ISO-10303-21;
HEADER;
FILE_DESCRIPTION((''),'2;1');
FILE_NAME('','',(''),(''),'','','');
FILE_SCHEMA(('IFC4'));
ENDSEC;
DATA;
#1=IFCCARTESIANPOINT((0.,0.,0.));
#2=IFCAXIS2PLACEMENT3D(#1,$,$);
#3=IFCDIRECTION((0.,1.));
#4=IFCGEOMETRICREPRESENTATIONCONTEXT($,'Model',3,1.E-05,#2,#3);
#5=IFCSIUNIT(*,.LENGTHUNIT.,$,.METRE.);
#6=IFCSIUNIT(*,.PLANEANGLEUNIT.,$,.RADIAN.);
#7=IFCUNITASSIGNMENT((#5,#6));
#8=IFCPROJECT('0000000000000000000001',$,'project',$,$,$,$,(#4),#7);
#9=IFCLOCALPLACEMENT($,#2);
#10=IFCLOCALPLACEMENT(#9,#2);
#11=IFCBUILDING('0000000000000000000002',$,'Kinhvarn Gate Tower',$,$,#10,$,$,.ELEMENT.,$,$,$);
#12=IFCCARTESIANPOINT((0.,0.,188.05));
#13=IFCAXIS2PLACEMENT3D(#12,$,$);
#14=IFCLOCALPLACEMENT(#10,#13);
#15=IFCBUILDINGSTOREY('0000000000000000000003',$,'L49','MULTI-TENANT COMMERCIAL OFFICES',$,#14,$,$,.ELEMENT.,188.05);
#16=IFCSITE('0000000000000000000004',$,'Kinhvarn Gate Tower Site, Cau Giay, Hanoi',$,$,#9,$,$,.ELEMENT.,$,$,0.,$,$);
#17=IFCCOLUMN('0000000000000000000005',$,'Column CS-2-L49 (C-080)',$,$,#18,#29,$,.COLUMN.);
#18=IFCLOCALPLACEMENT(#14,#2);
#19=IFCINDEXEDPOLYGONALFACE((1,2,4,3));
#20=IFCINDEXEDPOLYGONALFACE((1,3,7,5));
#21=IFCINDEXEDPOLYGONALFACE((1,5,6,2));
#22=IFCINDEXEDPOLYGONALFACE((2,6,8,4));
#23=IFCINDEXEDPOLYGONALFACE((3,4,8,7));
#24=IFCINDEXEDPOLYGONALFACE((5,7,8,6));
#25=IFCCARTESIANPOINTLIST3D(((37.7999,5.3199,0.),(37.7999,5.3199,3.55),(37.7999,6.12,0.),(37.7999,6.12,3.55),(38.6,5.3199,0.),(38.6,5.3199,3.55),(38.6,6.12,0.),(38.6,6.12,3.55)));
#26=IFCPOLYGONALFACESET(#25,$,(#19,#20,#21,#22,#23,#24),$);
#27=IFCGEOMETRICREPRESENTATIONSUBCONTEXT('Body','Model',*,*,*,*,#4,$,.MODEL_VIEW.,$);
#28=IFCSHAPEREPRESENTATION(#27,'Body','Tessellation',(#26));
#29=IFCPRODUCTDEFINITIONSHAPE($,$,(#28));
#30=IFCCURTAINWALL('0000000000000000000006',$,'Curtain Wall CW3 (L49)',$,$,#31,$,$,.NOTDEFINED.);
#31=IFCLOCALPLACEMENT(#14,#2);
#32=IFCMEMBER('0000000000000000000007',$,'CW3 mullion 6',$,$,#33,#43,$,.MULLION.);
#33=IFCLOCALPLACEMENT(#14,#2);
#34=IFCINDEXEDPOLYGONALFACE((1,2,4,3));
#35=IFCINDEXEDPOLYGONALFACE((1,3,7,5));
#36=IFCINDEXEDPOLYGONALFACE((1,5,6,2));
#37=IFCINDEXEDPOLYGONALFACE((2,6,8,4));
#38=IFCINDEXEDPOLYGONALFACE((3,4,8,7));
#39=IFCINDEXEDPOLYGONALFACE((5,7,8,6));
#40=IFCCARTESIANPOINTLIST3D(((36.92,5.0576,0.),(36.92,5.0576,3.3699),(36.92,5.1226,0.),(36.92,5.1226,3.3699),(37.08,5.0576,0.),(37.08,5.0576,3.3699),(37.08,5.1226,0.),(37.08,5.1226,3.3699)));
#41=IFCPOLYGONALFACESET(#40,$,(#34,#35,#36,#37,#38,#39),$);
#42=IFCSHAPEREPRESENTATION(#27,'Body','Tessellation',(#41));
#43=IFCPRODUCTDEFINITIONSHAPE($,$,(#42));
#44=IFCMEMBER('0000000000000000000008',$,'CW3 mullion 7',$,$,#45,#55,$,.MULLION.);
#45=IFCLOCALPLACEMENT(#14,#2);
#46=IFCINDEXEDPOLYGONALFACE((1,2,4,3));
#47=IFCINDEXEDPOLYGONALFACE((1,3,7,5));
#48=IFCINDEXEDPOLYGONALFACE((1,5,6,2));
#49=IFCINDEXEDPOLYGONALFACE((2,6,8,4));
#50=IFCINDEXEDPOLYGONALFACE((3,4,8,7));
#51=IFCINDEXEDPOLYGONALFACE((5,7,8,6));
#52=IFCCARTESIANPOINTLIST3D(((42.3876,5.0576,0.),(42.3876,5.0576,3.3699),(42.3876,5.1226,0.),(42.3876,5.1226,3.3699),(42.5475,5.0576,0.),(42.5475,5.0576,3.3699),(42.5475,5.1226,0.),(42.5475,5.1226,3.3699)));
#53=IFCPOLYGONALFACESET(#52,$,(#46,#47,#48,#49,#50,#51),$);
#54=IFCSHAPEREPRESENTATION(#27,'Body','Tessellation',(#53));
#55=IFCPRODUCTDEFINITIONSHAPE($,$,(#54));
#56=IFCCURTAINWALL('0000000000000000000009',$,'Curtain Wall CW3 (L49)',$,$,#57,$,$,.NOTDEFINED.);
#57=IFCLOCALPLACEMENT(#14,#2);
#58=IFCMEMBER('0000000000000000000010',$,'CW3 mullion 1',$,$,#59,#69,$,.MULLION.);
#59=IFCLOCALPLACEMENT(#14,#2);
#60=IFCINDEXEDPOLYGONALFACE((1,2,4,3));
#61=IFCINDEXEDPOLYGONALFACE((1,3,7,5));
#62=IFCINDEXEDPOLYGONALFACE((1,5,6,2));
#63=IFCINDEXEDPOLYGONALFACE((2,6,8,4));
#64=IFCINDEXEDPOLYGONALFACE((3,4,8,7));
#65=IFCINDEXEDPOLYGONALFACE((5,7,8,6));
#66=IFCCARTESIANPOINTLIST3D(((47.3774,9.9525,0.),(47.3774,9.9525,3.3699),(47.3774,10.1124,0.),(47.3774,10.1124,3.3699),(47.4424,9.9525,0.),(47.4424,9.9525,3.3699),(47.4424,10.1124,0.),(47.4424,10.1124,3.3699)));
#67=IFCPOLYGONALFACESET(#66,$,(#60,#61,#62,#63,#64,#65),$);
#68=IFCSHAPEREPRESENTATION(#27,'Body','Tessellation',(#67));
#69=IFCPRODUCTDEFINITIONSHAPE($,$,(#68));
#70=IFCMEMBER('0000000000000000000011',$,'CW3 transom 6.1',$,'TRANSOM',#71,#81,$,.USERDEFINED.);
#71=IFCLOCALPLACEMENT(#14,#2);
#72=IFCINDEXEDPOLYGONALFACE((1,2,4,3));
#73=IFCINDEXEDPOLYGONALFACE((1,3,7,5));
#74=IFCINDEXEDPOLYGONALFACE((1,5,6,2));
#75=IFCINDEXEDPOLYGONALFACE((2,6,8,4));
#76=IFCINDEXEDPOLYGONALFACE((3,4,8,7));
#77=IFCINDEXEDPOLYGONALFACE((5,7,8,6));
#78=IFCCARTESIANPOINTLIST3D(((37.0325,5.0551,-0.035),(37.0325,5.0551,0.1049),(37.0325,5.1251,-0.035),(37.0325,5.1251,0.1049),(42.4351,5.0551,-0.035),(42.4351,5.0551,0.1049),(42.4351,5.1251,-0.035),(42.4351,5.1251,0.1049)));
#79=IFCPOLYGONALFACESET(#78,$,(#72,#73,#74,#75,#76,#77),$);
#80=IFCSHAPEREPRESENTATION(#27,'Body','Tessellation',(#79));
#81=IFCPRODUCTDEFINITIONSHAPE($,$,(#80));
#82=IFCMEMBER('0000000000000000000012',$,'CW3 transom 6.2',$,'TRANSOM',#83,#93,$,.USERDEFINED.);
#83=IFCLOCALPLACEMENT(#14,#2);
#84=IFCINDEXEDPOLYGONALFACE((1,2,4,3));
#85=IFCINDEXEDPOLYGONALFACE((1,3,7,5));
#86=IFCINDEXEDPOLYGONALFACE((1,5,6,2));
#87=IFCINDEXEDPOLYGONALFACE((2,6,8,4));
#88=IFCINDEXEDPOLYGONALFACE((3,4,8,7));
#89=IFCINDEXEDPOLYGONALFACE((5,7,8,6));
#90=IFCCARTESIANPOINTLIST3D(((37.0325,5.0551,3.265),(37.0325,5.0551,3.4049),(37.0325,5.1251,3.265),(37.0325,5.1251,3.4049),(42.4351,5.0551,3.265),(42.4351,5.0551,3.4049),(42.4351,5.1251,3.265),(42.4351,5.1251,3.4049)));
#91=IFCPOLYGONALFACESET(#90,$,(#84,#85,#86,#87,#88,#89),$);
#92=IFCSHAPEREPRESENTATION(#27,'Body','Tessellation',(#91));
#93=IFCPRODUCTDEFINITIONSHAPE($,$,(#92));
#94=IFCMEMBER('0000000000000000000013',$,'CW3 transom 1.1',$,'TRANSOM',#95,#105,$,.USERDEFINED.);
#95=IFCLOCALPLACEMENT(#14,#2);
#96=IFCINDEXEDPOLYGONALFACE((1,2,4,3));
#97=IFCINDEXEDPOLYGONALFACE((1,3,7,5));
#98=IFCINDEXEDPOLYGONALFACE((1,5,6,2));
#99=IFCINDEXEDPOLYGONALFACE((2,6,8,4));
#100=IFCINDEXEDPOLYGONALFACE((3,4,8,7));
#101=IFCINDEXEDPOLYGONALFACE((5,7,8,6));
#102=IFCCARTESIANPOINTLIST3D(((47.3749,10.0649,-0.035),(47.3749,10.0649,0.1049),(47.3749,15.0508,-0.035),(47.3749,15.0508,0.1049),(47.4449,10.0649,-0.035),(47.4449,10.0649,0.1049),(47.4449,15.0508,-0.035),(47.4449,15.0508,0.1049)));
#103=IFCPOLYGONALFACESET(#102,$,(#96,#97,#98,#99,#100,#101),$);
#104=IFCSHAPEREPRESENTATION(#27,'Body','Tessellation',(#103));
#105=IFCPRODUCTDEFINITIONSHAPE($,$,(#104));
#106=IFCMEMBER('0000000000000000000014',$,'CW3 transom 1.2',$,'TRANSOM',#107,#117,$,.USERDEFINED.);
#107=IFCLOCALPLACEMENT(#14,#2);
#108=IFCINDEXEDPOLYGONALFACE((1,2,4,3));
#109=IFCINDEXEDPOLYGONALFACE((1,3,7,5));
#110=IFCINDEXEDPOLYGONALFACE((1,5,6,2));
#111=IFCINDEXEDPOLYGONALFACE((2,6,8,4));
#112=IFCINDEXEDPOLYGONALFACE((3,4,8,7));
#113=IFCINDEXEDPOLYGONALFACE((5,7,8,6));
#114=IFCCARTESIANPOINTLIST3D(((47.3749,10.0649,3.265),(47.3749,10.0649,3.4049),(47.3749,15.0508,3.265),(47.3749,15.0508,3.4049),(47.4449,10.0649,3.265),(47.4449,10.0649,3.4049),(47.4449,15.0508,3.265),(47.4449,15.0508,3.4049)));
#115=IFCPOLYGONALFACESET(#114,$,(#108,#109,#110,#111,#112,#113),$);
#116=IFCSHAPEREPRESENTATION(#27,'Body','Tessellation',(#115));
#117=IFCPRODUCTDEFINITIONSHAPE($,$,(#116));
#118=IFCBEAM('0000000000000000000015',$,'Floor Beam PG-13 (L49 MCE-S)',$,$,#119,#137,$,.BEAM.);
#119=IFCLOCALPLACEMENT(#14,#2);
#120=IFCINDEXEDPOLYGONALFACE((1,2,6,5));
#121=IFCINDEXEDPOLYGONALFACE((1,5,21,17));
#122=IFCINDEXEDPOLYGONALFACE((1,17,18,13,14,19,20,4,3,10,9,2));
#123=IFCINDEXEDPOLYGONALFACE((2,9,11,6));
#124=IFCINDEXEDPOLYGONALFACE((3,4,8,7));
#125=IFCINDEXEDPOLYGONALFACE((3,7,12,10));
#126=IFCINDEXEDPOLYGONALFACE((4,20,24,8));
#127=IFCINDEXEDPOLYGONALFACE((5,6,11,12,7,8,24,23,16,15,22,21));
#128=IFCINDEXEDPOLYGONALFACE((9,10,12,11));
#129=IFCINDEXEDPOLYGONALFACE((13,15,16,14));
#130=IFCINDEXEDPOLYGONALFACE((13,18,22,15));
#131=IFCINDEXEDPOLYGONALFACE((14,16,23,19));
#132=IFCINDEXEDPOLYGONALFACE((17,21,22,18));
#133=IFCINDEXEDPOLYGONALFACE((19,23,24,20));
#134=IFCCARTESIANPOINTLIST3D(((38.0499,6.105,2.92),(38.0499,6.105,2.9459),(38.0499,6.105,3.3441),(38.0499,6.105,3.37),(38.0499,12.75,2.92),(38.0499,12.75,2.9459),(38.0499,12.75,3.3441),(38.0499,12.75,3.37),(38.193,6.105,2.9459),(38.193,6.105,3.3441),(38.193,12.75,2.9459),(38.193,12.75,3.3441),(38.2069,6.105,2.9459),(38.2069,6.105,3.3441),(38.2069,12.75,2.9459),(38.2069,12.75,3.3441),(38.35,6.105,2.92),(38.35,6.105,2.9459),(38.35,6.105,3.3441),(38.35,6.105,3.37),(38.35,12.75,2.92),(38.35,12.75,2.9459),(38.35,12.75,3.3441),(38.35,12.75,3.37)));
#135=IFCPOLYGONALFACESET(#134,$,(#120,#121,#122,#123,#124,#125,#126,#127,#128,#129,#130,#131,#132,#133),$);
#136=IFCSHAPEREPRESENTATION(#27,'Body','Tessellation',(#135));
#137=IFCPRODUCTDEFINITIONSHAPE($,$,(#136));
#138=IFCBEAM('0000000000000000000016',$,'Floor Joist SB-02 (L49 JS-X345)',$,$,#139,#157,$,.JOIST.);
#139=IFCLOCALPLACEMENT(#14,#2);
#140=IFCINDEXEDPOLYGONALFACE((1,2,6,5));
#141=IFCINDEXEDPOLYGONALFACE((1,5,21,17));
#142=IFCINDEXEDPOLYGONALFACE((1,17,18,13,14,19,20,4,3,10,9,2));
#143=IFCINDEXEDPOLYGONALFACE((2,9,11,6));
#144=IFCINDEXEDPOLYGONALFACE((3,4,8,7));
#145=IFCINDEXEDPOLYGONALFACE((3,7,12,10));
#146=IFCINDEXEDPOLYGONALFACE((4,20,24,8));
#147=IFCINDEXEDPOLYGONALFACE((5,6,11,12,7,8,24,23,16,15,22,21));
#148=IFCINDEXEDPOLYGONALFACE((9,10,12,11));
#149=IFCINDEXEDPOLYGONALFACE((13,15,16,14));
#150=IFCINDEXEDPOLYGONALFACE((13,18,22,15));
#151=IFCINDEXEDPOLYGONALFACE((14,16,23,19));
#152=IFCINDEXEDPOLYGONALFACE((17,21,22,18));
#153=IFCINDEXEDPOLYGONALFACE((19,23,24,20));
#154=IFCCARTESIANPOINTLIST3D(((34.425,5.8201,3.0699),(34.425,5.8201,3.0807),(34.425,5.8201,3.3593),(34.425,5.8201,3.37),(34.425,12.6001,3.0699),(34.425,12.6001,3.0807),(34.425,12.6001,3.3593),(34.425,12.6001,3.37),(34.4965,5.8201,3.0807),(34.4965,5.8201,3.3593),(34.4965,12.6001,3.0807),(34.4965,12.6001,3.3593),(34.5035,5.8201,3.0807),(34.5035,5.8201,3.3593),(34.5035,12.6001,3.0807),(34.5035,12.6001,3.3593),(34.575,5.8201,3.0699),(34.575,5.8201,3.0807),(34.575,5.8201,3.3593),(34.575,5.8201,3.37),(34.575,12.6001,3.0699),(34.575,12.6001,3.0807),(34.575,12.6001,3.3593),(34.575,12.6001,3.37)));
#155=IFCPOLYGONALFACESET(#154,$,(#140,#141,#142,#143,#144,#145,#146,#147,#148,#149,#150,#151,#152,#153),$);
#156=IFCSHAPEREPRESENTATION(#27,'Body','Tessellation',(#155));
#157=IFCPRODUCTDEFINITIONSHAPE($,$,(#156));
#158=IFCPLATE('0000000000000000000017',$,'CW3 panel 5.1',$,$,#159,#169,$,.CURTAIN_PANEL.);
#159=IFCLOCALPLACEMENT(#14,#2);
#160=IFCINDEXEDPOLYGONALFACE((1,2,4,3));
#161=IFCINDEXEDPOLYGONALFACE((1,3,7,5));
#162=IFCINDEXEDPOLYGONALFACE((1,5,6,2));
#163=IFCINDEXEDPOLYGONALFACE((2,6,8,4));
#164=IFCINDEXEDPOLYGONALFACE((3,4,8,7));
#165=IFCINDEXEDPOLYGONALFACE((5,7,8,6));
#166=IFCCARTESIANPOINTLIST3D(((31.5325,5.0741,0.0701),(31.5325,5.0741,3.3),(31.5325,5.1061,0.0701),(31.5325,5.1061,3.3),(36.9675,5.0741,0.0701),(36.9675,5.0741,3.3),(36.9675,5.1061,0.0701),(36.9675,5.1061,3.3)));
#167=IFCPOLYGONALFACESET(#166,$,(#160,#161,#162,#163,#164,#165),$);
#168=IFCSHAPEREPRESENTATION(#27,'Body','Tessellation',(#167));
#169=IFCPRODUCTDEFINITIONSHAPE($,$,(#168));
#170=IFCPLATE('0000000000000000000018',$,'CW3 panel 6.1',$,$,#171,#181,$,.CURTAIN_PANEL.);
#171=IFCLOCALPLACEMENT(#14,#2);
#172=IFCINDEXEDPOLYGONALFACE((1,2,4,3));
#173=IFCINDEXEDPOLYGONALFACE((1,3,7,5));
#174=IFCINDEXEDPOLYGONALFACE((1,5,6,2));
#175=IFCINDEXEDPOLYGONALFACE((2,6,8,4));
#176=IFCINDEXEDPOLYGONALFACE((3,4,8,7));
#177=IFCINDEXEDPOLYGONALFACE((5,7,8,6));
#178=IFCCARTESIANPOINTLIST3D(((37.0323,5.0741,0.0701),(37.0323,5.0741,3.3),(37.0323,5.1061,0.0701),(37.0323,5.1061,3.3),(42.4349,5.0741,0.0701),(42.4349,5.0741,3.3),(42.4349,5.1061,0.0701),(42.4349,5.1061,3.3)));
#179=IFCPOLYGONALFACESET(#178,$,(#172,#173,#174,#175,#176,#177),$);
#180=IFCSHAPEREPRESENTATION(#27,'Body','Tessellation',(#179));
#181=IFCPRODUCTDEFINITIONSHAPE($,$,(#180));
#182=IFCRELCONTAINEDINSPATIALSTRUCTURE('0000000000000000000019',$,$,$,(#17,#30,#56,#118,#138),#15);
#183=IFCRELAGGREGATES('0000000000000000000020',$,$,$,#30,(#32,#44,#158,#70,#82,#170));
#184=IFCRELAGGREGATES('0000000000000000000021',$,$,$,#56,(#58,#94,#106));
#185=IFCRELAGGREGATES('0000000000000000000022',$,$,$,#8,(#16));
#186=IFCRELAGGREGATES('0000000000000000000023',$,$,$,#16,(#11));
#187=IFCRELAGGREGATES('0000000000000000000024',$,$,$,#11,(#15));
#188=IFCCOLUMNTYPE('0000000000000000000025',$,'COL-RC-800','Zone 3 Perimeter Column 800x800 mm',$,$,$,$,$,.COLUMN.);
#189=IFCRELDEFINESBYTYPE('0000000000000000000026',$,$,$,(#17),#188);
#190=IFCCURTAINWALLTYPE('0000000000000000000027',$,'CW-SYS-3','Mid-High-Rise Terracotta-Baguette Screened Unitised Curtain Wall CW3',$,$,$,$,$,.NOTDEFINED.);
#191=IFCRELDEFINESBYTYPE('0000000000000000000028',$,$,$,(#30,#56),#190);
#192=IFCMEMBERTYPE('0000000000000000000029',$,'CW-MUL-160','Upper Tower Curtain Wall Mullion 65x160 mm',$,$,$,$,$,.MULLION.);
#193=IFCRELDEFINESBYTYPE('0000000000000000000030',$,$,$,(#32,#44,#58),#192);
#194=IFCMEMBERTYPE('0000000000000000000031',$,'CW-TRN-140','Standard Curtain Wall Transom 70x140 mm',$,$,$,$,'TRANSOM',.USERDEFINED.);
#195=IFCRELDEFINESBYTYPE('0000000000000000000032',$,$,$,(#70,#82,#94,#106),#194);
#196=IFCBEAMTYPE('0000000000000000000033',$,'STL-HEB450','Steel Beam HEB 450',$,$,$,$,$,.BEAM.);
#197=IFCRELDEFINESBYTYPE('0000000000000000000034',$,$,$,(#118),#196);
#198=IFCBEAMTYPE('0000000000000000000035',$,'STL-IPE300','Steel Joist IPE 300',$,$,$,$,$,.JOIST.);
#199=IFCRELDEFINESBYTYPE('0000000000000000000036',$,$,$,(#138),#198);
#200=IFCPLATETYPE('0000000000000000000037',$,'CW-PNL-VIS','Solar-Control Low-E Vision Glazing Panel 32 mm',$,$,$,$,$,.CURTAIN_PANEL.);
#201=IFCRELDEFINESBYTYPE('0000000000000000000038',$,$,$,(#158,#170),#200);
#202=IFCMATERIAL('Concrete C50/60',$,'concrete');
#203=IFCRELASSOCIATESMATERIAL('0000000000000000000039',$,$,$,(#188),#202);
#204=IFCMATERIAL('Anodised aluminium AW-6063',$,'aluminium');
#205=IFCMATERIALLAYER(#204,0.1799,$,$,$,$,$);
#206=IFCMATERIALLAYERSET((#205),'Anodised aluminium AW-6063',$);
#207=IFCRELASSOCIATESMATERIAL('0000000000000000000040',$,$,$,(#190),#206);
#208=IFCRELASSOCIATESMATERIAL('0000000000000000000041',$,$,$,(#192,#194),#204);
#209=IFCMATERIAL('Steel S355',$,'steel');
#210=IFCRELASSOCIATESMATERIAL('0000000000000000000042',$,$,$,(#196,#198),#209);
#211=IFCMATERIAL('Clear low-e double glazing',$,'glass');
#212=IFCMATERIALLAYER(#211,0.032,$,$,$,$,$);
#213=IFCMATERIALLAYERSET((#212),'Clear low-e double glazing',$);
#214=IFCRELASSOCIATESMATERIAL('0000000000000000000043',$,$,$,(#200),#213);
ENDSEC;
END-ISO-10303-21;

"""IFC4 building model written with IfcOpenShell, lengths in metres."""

from ifc_helpers import new_model, si_unit, direction, frame, origin, origin_2d, place, context, subcontext, project, spatial, rectangle, i_section, extrude, material, layer, layer_set, material_profile, profile_set, type_object, element, aggregate, save


model = new_model("IFC4")

# Units and contexts
model_context = context("Model", 3, precision=1e-05, world=origin(), true_north=direction((0.0, 1.0)))
body_context = subcontext(model_context, "Body", "Model", "MODEL_VIEW")
ifc_project = project(units=[si_unit("LENGTHUNIT", "METRE"), si_unit("PLANEANGLEUNIT", "RADIAN")], contexts=[model_context])

# Site, building, storey
site_placement = place(None, origin())
site = spatial("IfcSite", under=ifc_project, at=site_placement, Name="Kinhvarn Gate Tower Site, Cau Giay, Hanoi", CompositionType="ELEMENT", RefElevation=0.0)
building_placement = place(site_placement, origin())
building = spatial("IfcBuilding", under=site, at=building_placement, Name="Kinhvarn Gate Tower", CompositionType="ELEMENT")
storey_placement = place(building_placement, frame((0.0, 0.0, 188.05)))
storey = spatial("IfcBuildingStorey", under=building, at=storey_placement, Name="L49", Description="MULTI-TENANT COMMERCIAL OFFICES", CompositionType="ELEMENT", Elevation=188.05)

# Column
ifc_material_1 = material(Name="Concrete C50/60", Category="concrete")
ifc_material_profile_1 = material_profile(ifc_material_1, rectangle(XDim=0.8, YDim=0.8, at=origin_2d()), Name="RC 800x800")
ifc_profile_set_1 = profile_set([ifc_material_profile_1], Name="Concrete C50/60")
column_type = type_object("IfcColumnType", Name="COL-RC-800", Description="Zone 3 Perimeter Column 800x800 mm", PredefinedType="COLUMN", material=ifc_profile_set_1)
column_placement = place(storey_placement, frame((38.2, 5.72, 0.0), z_axis=(0.0, 0.0, 1.0), x_axis=(1.0, 0.0, 0.0)))
element("IfcColumn", 1, at=column_placement, inside=storey, type_object=column_type, Name="Column CS-2-L49 (C-080)", PredefinedType="COLUMN", context=body_context, shape_type="SweptSolid", body=[
    extrude(rectangle(XDim=0.8, YDim=0.8, at=origin_2d()), origin(), (0.0, 0.0, 1.0), 3.55),
])

# Curtain wall, members
ifc_material_2 = material(Name="Anodised aluminium AW-6063", Category="aluminium")
ifc_layer_1 = layer(ifc_material_2, 0.1799)
ifc_layer_set_1 = layer_set([ifc_layer_1], Name="Anodised aluminium AW-6063")
curtain_wall_type = type_object("IfcCurtainWallType", Name="CW-SYS-3", Description="Mid-High-Rise Terracotta-Baguette Screened Unitised Curtain Wall CW3", PredefinedType="NOTDEFINED", material=ifc_layer_set_1)
curtain_wall_1_placement = place(storey_placement, origin())
curtain_wall_1 = element("IfcCurtainWall", 2, at=curtain_wall_1_placement, inside=storey, type_object=curtain_wall_type, Name="Curtain Wall CW3 (L49)", PredefinedType="NOTDEFINED")
ifc_material_profile_2 = material_profile(ifc_material_2, rectangle(XDim=0.0649, YDim=0.1599, at=origin_2d()), Name="ALU 65x160")
ifc_profile_set_2 = profile_set([ifc_material_profile_2], Name="Anodised aluminium AW-6063")
member_type_1 = type_object("IfcMemberType", Name="CW-MUL-160", Description="Upper Tower Curtain Wall Mullion 65x160 mm", PredefinedType="MULLION", material=ifc_profile_set_2)
member_1_placement = place(storey_placement, frame((37.0, 5.0901, 0.0), z_axis=(0.0, 0.0, 1.0), x_axis=(0.0, 1.0, 0.0)))
member_1 = element("IfcMember", 3, at=member_1_placement, type_object=member_type_1, Name="CW3 mullion 6", PredefinedType="MULLION", context=body_context, shape_type="SweptSolid", body=[
    extrude(rectangle(XDim=0.0649, YDim=0.1599, at=origin_2d()), origin(), (0.0, 0.0, 1.0), 3.3699),
])
member_2_placement = place(storey_placement, frame((42.4675, 5.0901, 0.0), z_axis=(0.0, 0.0, 1.0), x_axis=(0.0, 1.0, 0.0)))
member_2 = element("IfcMember", 4, at=member_2_placement, type_object=member_type_1, Name="CW3 mullion 7", PredefinedType="MULLION", context=body_context, shape_type="SweptSolid", body=[
    extrude(rectangle(XDim=0.0649, YDim=0.1599, at=origin_2d()), origin(), (0.0, 0.0, 1.0), 3.3699),
])

# Curtain wall, member
curtain_wall_2_placement = place(storey_placement, origin())
curtain_wall_2 = element("IfcCurtainWall", 5, at=curtain_wall_2_placement, inside=storey, type_object=curtain_wall_type, Name="Curtain Wall CW3 (L49)", PredefinedType="NOTDEFINED")
member_3_placement = place(storey_placement, frame((47.4099, 10.0325, 0.0), z_axis=(0.0, 0.0, 1.0), x_axis=(-1.0, 0.0, 0.0)))
member_3 = element("IfcMember", 6, at=member_3_placement, type_object=member_type_1, Name="CW3 mullion 1", PredefinedType="MULLION", context=body_context, shape_type="SweptSolid", body=[
    extrude(rectangle(XDim=0.0649, YDim=0.1599, at=origin_2d()), origin(), (0.0, 0.0, 1.0), 3.3699),
])

# Members
ifc_material_profile_3 = material_profile(ifc_material_2, rectangle(XDim=0.0701, YDim=0.1399, at=origin_2d()), Name="ALU 70x140")
ifc_profile_set_3 = profile_set([ifc_material_profile_3], Name="Anodised aluminium AW-6063")
member_type_2 = type_object("IfcMemberType", Name="CW-TRN-140", Description="Standard Curtain Wall Transom 70x140 mm", ElementType="TRANSOM", PredefinedType="USERDEFINED", material=ifc_profile_set_3)
member_4_placement = place(storey_placement, frame((37.0325, 5.0901, 0.0349), z_axis=(1.0, 0.0, 0.0), x_axis=(0.0, 1.0, 0.0)))
member_4 = element("IfcMember", 7, at=member_4_placement, type_object=member_type_2, Name="CW3 transom 6.1", ObjectType="TRANSOM", PredefinedType="USERDEFINED", context=body_context, shape_type="SweptSolid", body=[
    extrude(rectangle(XDim=0.0701, YDim=0.1399, at=origin_2d()), origin(), (0.0, 0.0, 1.0), 5.4026),
])
member_5_placement = place(storey_placement, frame((37.0325, 5.0901, 3.335), z_axis=(1.0, 0.0, 0.0), x_axis=(0.0, 1.0, 0.0)))
member_5 = element("IfcMember", 8, at=member_5_placement, type_object=member_type_2, Name="CW3 transom 6.2", ObjectType="TRANSOM", PredefinedType="USERDEFINED", context=body_context, shape_type="SweptSolid", body=[
    extrude(rectangle(XDim=0.0701, YDim=0.1399, at=origin_2d()), origin(), (0.0, 0.0, 1.0), 5.4026),
])
member_6_placement = place(storey_placement, frame((47.4099, 10.0649, 0.0349), z_axis=(0.0, 1.0, 0.0), x_axis=(-1.0, 0.0, 0.0)))
member_6 = element("IfcMember", 9, at=member_6_placement, type_object=member_type_2, Name="CW3 transom 1.1", ObjectType="TRANSOM", PredefinedType="USERDEFINED", context=body_context, shape_type="SweptSolid", body=[
    extrude(rectangle(XDim=0.0701, YDim=0.1399, at=origin_2d()), origin(), (0.0, 0.0, 1.0), 4.9858),
])
member_7_placement = place(storey_placement, frame((47.4099, 10.0649, 3.335), z_axis=(0.0, 1.0, 0.0), x_axis=(-1.0, 0.0, 0.0)))
member_7 = element("IfcMember", 10, at=member_7_placement, type_object=member_type_2, Name="CW3 transom 1.2", ObjectType="TRANSOM", PredefinedType="USERDEFINED", context=body_context, shape_type="SweptSolid", body=[
    extrude(rectangle(XDim=0.0701, YDim=0.1399, at=origin_2d()), origin(), (0.0, 0.0, 1.0), 4.9858),
])

# Beams
ifc_material_3 = material(Name="Steel S355", Category="steel")
ifc_material_profile_4 = material_profile(ifc_material_3, i_section(OverallWidth=0.3, OverallDepth=0.45, WebThickness=0.0139, FlangeThickness=0.0259, at=origin_2d()), Name="HEB 450")
ifc_profile_set_4 = profile_set([ifc_material_profile_4], Name="Steel S355")
beam_type_1 = type_object("IfcBeamType", Name="STL-HEB450", Description="Steel Beam HEB 450", PredefinedType="BEAM", material=ifc_profile_set_4)
beam_1_placement = place(storey_placement, frame((38.2, 6.105, 3.145), z_axis=(0.0, 1.0, 0.0), x_axis=(-1.0, 0.0, 0.0)))
element("IfcBeam", 11, at=beam_1_placement, inside=storey, type_object=beam_type_1, Name="Floor Beam PG-13 (L49 MCE-S)", PredefinedType="BEAM", context=body_context, shape_type="SweptSolid", body=[
    extrude(i_section(OverallWidth=0.3, OverallDepth=0.45, WebThickness=0.0139, FlangeThickness=0.0259, at=origin_2d()), origin(), (0.0, 0.0, 1.0), 6.645),
])
ifc_material_profile_5 = material_profile(ifc_material_3, i_section(OverallWidth=0.1499, OverallDepth=0.3, WebThickness=0.0071, FlangeThickness=0.0107, at=origin_2d()), Name="IPE 300")
ifc_profile_set_5 = profile_set([ifc_material_profile_5], Name="Steel S355")
beam_type_2 = type_object("IfcBeamType", Name="STL-IPE300", Description="Steel Joist IPE 300", PredefinedType="JOIST", material=ifc_profile_set_5)
beam_2_placement = place(storey_placement, frame((34.5, 5.8201, 3.22), z_axis=(0.0, 1.0, 0.0), x_axis=(-1.0, 0.0, 0.0)))
element("IfcBeam", 12, at=beam_2_placement, inside=storey, type_object=beam_type_2, Name="Floor Joist SB-02 (L49 JS-X345)", PredefinedType="JOIST", context=body_context, shape_type="SweptSolid", body=[
    extrude(i_section(OverallWidth=0.1499, OverallDepth=0.3, WebThickness=0.0071, FlangeThickness=0.0107, at=origin_2d()), origin(), (0.0, 0.0, 1.0), 6.78),
])

# Plates
ifc_material_4 = material(Name="Clear low-e double glazing", Category="glass")
ifc_layer_2 = layer(ifc_material_4, 0.032)
ifc_layer_set_2 = layer_set([ifc_layer_2], Name="Clear low-e double glazing")
plate_type = type_object("IfcPlateType", Name="CW-PNL-VIS", Description="Solar-Control Low-E Vision Glazing Panel 32 mm", PredefinedType="CURTAIN_PANEL", material=ifc_layer_set_2)
plate_1_placement = place(storey_placement, frame((34.25, 5.0901, 0.0701), z_axis=(0.0, 0.0, 1.0), x_axis=(1.0, 0.0, 0.0)))
plate_1 = element("IfcPlate", 13, at=plate_1_placement, type_object=plate_type, Name="CW3 panel 5.1", PredefinedType="CURTAIN_PANEL", context=body_context, shape_type="SweptSolid", body=[
    extrude(rectangle(XDim=5.4351, YDim=0.032, at=origin_2d()), origin(), (0.0, 0.0, 1.0), 3.23),
])
plate_2_placement = place(storey_placement, frame((39.7336, 5.0901, 0.0701), z_axis=(0.0, 0.0, 1.0), x_axis=(1.0, 0.0, 0.0)))
plate_2 = element("IfcPlate", 14, at=plate_2_placement, type_object=plate_type, Name="CW3 panel 6.1", PredefinedType="CURTAIN_PANEL", context=body_context, shape_type="SweptSolid", body=[
    extrude(rectangle(XDim=5.4026, YDim=0.032, at=origin_2d()), origin(), (0.0, 0.0, 1.0), 3.23),
])
aggregate(curtain_wall_1, [member_1, member_2, plate_1, member_4, member_5, plate_2])
aggregate(curtain_wall_2, [member_3, member_6, member_7])

save(model, "model.ifc")
